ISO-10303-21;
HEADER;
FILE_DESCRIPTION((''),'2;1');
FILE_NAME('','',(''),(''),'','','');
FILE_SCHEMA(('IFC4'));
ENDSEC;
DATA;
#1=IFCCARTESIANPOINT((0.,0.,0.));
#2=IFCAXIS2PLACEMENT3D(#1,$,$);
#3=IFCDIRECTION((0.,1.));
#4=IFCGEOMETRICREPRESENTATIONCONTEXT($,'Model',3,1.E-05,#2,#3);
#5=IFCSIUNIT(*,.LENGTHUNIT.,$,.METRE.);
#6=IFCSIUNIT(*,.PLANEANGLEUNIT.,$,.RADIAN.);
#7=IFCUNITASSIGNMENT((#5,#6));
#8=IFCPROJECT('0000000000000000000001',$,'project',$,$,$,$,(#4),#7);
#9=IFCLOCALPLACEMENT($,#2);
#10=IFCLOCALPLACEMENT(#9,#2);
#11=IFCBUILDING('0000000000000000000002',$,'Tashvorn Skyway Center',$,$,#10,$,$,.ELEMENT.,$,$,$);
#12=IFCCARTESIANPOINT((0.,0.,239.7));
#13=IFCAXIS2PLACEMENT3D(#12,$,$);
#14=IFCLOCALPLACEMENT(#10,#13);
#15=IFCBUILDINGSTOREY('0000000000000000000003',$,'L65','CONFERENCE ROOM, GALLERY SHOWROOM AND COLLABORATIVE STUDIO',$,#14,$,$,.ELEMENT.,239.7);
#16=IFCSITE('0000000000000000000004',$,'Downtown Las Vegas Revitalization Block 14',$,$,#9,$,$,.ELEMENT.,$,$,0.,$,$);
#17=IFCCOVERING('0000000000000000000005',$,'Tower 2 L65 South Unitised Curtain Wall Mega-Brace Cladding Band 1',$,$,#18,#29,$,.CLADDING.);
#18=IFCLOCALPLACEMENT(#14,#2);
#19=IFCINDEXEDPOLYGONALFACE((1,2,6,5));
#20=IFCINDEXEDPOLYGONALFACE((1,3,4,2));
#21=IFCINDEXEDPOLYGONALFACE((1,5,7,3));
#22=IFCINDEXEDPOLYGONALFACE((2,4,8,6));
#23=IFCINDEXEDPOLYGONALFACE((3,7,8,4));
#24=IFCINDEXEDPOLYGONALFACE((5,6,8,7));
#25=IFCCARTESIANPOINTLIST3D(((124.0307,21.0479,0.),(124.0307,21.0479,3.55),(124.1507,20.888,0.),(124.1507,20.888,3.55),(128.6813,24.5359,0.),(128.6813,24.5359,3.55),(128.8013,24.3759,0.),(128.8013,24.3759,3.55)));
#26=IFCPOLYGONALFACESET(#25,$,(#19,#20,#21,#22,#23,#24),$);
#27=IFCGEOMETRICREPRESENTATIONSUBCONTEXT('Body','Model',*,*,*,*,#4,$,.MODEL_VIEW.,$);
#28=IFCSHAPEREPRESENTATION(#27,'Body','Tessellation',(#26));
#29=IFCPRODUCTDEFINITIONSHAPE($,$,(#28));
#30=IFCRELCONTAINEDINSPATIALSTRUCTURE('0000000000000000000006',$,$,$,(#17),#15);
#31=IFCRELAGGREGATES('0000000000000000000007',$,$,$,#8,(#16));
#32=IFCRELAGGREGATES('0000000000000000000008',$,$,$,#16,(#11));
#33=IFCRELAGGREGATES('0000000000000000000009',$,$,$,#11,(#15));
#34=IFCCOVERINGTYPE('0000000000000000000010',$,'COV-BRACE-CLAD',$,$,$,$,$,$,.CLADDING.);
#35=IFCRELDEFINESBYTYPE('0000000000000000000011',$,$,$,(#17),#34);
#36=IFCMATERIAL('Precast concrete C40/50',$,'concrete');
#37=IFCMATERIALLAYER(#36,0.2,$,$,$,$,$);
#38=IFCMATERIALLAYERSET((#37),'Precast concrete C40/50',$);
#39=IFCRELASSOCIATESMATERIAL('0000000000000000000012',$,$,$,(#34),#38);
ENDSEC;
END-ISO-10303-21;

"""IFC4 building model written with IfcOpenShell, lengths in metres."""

from ifc_helpers import new_model, si_unit, direction, frame, origin, origin_2d, place, context, subcontext, project, spatial, rectangle, extrude, material, layer, layer_set, type_object, element, save


model = new_model("IFC4")

# Units and contexts
model_context = context("Model", 3, precision=1e-05, world=origin(), true_north=direction((0.0, 1.0)))
body_context = subcontext(model_context, "Body", "Model", "MODEL_VIEW")
ifc_project = project(units=[si_unit("LENGTHUNIT", "METRE"), si_unit("PLANEANGLEUNIT", "RADIAN")], contexts=[model_context])

# Site, building, storey
site_placement = place(None, origin())
site = spatial("IfcSite", under=ifc_project, at=site_placement, Name="Downtown Las Vegas Revitalization Block 14", CompositionType="ELEMENT", RefElevation=0.0)
building_placement = place(site_placement, origin())
building = spatial("IfcBuilding", under=site, at=building_placement, Name="Tashvorn Skyway Center", CompositionType="ELEMENT")
storey_placement = place(building_placement, frame((0.0, 0.0, 239.7)))
storey = spatial("IfcBuildingStorey", under=building, at=storey_placement, Name="L65", Description="CONFERENCE ROOM, GALLERY SHOWROOM AND COLLABORATIVE STUDIO", CompositionType="ELEMENT", Elevation=239.7)

# Covering
ifc_material_1 = material(Name="Precast concrete C40/50", Category="concrete")
ifc_layer_1 = layer(ifc_material_1, 0.2)
ifc_layer_set_1 = layer_set([ifc_layer_1], Name="Precast concrete C40/50")
covering_type = type_object("IfcCoveringType", Name="COV-BRACE-CLAD", PredefinedType="CLADDING", material=ifc_layer_set_1)
covering_placement = place(storey_placement, frame((126.416, 22.7119, 0.0), z_axis=(0.0, 0.0, 1.0), x_axis=(-0.8, -0.6, 0.0)))
element("IfcCovering", 1, at=covering_placement, inside=storey, type_object=covering_type, Name="Tower 2 L65 South Unitised Curtain Wall Mega-Brace Cladding Band 1", PredefinedType="CLADDING", context=body_context, shape_type="SweptSolid", body=[
    extrude(rectangle(XDim=5.8132, YDim=0.2, at=origin_2d()), origin(), (0.0, 0.0, 1.0), 3.55),
])

save(model, "model.ifc")
